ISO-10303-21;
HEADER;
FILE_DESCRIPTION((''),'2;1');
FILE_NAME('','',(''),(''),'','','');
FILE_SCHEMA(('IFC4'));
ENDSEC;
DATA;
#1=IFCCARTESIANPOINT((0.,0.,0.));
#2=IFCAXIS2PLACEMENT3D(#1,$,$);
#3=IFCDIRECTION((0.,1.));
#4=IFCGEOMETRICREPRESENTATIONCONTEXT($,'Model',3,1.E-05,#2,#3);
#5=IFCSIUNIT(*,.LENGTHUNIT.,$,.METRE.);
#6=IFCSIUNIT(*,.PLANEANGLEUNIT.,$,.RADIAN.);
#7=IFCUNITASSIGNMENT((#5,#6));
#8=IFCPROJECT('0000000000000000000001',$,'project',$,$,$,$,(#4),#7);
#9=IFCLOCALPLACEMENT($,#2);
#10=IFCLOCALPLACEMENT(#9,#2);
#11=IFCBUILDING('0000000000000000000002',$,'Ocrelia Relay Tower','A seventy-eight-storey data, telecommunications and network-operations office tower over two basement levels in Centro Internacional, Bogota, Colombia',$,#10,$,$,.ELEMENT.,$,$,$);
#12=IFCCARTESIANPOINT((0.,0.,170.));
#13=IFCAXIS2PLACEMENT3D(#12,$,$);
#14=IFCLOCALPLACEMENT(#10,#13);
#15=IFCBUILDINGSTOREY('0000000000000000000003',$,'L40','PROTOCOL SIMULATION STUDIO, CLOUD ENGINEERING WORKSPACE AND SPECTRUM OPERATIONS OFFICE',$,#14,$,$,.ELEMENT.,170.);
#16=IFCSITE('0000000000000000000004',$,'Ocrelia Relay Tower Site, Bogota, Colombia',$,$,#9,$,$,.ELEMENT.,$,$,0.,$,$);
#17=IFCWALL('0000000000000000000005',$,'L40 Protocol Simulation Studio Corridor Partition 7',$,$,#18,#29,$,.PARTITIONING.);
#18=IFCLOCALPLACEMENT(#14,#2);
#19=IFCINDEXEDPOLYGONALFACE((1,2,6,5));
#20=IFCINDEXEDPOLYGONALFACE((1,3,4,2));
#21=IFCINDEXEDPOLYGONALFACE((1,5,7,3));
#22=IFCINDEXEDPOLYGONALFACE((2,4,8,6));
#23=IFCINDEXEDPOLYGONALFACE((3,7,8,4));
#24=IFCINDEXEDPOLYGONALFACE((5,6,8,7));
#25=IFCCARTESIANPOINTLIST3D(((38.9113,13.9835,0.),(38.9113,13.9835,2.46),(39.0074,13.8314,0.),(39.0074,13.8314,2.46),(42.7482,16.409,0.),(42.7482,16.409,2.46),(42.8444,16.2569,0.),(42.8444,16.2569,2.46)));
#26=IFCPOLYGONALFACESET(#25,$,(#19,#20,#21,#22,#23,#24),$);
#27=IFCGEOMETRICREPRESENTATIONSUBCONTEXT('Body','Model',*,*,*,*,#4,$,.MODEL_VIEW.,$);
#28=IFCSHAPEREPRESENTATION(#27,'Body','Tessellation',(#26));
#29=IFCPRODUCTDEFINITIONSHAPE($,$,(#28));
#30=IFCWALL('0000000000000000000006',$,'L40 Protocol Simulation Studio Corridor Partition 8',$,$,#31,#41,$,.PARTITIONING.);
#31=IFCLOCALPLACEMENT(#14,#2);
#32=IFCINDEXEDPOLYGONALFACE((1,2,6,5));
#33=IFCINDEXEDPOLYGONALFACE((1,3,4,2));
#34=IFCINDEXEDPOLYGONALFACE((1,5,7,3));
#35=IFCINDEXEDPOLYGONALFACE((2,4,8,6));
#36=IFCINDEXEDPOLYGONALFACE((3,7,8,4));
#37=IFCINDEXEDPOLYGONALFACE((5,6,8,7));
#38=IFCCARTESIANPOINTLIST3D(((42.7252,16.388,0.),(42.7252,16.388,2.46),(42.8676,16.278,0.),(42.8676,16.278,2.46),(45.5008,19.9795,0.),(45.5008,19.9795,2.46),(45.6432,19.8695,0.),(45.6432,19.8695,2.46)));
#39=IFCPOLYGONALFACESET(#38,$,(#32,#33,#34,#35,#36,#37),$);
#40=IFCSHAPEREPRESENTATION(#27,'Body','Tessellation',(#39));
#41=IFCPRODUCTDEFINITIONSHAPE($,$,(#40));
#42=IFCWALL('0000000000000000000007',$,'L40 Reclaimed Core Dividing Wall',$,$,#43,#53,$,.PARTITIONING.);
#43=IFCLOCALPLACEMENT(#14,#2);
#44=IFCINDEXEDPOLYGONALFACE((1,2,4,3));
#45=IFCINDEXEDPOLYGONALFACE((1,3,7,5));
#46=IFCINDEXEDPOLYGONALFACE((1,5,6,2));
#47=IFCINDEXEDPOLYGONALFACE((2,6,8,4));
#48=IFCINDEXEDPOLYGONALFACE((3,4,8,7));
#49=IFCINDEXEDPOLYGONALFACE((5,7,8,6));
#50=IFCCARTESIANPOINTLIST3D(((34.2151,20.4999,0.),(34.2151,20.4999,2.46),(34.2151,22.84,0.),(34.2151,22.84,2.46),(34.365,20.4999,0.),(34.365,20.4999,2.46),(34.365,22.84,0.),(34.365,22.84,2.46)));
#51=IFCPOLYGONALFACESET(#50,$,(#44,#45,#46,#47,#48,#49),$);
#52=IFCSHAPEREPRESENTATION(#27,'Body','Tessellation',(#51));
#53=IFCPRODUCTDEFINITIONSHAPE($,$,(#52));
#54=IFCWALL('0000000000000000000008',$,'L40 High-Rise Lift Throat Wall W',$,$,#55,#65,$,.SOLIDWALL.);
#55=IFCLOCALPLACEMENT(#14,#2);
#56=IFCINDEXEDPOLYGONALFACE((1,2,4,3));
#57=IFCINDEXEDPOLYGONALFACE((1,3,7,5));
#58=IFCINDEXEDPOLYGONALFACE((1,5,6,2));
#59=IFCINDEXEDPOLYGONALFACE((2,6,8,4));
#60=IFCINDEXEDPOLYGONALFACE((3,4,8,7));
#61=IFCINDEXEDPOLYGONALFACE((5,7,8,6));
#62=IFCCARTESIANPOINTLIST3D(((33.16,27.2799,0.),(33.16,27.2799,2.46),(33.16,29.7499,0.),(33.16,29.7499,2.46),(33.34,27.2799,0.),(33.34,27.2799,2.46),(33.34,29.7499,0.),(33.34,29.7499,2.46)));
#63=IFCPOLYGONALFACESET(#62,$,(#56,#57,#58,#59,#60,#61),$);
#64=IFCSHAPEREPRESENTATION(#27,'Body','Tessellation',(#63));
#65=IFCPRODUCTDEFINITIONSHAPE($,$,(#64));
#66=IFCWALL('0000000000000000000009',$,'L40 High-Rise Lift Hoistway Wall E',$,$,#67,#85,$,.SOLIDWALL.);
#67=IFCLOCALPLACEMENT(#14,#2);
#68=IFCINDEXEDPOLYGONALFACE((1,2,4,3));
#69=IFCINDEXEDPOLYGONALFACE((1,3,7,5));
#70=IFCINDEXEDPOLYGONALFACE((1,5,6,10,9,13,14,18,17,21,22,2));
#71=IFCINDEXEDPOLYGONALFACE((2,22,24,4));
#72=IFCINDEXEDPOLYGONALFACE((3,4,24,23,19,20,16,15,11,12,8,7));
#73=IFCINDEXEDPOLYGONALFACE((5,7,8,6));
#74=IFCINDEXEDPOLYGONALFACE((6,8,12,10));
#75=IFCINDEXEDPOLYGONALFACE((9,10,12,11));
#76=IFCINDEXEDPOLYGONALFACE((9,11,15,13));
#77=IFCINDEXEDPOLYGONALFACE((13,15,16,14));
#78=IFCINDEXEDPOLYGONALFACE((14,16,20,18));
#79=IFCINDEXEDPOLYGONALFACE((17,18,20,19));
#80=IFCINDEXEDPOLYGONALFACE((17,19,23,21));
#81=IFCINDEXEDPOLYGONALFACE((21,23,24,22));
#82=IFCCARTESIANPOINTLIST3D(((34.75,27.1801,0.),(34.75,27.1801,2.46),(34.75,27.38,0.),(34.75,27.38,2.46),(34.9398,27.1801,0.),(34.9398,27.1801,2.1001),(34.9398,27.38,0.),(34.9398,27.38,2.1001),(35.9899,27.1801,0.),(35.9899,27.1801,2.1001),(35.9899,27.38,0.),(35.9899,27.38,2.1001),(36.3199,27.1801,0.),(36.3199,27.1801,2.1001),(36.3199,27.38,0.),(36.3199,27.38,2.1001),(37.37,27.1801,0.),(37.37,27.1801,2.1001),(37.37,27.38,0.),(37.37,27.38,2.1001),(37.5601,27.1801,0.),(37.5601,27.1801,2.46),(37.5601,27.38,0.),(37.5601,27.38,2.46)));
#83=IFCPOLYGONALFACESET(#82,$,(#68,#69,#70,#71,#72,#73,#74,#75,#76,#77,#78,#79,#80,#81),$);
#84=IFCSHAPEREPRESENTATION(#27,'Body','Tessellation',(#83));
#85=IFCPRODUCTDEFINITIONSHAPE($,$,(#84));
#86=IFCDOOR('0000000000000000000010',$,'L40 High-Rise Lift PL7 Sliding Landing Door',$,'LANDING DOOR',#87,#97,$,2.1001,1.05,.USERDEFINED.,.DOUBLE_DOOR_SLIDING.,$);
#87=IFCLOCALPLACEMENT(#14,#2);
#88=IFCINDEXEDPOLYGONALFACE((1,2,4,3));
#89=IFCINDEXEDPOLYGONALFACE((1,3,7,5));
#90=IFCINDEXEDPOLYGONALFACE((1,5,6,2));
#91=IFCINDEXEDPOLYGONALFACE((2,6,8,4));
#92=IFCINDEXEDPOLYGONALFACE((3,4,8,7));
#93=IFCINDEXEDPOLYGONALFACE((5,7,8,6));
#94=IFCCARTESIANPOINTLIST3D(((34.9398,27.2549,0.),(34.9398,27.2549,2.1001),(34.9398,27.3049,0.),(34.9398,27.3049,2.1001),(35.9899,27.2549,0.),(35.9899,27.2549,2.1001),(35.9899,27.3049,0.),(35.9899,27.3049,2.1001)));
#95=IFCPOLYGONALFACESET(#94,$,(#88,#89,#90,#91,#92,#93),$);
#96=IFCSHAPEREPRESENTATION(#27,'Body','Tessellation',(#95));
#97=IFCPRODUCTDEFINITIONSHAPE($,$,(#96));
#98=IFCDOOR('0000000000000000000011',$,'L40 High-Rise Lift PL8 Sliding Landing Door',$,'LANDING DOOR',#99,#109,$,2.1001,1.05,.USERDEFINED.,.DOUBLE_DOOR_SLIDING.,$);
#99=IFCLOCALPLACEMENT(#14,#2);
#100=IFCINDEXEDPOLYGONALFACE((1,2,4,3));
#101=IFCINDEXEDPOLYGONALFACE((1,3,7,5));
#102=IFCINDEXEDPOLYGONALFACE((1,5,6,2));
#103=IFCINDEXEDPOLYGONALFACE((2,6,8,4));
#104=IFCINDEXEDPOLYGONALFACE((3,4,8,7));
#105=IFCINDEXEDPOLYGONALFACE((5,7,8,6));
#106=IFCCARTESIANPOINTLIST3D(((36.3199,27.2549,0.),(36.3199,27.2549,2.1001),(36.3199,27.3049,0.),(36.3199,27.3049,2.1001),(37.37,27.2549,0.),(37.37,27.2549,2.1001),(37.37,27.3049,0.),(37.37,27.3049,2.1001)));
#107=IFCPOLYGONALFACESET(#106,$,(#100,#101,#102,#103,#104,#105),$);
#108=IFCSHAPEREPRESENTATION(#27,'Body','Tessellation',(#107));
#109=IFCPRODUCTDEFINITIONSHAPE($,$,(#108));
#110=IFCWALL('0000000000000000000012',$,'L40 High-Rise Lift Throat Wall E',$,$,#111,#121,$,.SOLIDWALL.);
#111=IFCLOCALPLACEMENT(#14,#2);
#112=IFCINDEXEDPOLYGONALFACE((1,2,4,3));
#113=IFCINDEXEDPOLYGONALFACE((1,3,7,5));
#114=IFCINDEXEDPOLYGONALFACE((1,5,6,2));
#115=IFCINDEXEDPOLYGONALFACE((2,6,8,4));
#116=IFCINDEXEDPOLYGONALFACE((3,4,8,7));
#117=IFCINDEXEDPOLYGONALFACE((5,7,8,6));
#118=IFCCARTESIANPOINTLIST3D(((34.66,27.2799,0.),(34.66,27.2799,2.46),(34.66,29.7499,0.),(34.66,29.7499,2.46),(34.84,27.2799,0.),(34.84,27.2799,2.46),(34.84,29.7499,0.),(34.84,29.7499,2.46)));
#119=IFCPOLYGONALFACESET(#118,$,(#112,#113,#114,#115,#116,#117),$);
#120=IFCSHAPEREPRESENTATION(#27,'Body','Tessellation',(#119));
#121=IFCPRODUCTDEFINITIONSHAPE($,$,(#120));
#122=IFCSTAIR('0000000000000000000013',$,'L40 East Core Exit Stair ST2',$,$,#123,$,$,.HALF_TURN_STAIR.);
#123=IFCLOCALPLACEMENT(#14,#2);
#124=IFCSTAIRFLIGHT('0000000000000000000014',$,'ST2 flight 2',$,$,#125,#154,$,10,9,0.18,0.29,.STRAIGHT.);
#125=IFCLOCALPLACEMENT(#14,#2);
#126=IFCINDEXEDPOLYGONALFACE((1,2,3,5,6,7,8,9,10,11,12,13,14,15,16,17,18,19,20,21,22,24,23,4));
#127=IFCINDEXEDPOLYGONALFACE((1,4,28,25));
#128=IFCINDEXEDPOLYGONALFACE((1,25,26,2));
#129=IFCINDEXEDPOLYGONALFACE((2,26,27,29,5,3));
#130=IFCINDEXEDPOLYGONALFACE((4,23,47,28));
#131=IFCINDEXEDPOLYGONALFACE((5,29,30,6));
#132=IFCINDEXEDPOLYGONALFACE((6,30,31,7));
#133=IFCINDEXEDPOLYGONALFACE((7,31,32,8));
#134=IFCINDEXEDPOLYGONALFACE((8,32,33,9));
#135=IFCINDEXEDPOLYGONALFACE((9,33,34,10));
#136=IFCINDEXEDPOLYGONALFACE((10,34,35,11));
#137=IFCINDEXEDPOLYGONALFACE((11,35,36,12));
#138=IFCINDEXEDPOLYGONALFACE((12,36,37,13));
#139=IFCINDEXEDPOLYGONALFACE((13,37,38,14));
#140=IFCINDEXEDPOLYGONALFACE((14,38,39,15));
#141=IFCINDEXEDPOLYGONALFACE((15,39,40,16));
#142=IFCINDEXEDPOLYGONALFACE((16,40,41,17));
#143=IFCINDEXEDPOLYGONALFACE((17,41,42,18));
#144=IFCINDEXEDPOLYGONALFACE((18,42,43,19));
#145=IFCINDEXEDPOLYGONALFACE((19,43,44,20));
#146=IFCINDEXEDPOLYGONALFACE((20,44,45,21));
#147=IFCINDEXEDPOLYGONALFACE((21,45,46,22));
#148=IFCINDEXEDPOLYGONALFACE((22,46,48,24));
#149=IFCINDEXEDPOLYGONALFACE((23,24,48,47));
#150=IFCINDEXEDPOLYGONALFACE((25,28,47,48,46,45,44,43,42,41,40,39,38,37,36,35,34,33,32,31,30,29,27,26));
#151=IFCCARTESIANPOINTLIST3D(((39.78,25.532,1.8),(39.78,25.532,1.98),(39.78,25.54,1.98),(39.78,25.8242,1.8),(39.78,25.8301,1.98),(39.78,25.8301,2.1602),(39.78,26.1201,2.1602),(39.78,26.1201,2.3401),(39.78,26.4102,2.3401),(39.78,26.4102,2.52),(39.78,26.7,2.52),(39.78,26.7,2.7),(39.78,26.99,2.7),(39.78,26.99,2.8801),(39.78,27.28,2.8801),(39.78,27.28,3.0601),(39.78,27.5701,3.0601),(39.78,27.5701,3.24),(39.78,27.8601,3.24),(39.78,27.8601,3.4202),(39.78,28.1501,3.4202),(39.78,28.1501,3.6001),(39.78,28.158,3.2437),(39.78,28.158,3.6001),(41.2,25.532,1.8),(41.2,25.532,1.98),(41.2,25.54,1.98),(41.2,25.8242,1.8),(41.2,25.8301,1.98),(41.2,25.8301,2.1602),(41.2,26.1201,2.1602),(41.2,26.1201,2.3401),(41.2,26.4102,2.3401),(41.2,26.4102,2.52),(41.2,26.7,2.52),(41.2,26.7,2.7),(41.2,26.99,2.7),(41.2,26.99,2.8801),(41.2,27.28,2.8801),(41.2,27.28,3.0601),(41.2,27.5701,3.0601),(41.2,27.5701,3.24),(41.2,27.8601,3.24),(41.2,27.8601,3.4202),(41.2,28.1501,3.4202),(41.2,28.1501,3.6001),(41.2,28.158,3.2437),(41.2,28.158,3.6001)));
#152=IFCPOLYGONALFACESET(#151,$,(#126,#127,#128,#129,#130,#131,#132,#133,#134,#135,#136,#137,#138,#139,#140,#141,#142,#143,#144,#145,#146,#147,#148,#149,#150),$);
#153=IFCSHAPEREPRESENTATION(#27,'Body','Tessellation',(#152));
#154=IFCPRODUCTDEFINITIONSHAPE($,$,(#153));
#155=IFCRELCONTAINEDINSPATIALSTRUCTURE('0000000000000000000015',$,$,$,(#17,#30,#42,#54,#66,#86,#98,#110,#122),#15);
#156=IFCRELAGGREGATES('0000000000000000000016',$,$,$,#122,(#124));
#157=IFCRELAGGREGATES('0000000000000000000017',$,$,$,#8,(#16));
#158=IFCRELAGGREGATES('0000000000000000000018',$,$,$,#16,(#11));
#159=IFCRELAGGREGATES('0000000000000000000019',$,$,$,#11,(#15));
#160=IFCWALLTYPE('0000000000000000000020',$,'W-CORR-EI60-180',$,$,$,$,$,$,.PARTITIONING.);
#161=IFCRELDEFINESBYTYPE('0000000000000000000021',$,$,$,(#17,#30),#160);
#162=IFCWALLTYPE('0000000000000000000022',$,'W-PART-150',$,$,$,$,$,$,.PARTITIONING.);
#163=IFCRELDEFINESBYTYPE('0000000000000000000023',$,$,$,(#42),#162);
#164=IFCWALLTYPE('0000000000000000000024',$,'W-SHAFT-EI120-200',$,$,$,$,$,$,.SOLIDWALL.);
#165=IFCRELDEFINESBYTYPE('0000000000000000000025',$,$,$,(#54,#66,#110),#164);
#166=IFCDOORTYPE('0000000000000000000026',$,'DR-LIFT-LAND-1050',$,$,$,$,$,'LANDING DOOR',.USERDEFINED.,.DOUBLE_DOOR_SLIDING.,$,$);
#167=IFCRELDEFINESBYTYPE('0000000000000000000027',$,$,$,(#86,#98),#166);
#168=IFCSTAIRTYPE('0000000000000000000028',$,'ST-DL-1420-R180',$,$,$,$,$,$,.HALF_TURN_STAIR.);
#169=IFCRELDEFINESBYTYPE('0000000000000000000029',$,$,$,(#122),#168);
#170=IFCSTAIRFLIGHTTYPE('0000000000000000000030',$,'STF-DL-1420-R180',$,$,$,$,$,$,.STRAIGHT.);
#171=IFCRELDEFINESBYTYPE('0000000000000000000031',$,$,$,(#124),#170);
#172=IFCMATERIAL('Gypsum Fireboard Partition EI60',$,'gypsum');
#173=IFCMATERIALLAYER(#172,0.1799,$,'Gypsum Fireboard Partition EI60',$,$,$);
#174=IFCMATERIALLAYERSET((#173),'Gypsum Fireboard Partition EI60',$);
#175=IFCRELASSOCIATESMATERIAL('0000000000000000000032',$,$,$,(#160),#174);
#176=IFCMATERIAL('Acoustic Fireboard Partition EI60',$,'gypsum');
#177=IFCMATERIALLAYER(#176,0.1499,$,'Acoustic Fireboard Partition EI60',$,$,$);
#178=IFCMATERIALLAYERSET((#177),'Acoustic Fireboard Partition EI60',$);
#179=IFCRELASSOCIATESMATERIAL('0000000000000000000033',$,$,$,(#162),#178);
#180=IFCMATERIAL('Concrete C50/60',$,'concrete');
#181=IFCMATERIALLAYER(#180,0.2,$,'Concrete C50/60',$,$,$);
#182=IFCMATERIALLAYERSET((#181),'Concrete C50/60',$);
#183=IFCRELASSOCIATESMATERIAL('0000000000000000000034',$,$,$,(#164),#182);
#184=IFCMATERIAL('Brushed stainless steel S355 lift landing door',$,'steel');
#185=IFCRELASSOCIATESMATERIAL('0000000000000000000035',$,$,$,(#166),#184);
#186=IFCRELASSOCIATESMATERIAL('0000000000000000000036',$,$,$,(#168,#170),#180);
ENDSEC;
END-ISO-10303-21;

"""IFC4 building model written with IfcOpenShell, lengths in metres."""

from ifc_helpers import new_model, si_unit, direction, frame, frame_2d, origin, place, context, subcontext, project, spatial, polyline, rectangle, outline, extrude, material, layer, layer_set, type_object, element, fill, aggregate, save


model = new_model("IFC4")

# Units and contexts
model_context = context("Model", 3, precision=1e-05, world=origin(), true_north=direction((0.0, 1.0)))
body_context = subcontext(model_context, "Body", "Model", "MODEL_VIEW")
ifc_project = project(units=[si_unit("LENGTHUNIT", "METRE"), si_unit("PLANEANGLEUNIT", "RADIAN")], contexts=[model_context])

# Site, building, storey
site_placement = place(None, origin())
site = spatial("IfcSite", under=ifc_project, at=site_placement, Name="Ocrelia Relay Tower Site, Bogota, Colombia", CompositionType="ELEMENT", RefElevation=0.0)
building_placement = place(site_placement, origin())
building = spatial("IfcBuilding", under=site, at=building_placement, Name="Ocrelia Relay Tower", Description="A seventy-eight-storey data, telecommunications and network-operations office tower over two basement levels in Centro Internacional, Bogota, Colombia", CompositionType="ELEMENT")
storey_placement = place(building_placement, frame((0.0, 0.0, 170.0)))
storey = spatial("IfcBuildingStorey", under=building, at=storey_placement, Name="L40", Description="PROTOCOL SIMULATION STUDIO, CLOUD ENGINEERING WORKSPACE AND SPECTRUM OPERATIONS OFFICE", CompositionType="ELEMENT", Elevation=170.0)

# Walls
ifc_material_1 = material(Name="Gypsum Fireboard Partition EI60", Category="gypsum")
ifc_layer_1 = layer(ifc_material_1, 0.1799, Name="Gypsum Fireboard Partition EI60")
ifc_layer_set_1 = layer_set([ifc_layer_1], Name="Gypsum Fireboard Partition EI60")
wall_type_1 = type_object("IfcWallType", Name="W-CORR-EI60-180", PredefinedType="PARTITIONING", material=ifc_layer_set_1)
wall_1_placement = place(storey_placement, frame((38.9595, 13.9075, 0.0), z_axis=(0.0, 0.0, 1.0), x_axis=(0.845268, 0.534343, 0.0)))
element("IfcWall", 1, at=wall_1_placement, inside=storey, type_object=wall_type_1, Name="L40 Protocol Simulation Studio Corridor Partition 7", PredefinedType="PARTITIONING", context=body_context, shape_type="SweptSolid", body=[
    extrude(rectangle(XDim=4.5393, YDim=0.1799, at=frame_2d((2.2695, 0.0))), origin(), (0.0, 0.0, 1.0), 2.46),
])
wall_2_placement = place(storey_placement, frame((42.7964, 16.333, 0.0), z_axis=(0.0, 0.0, 1.0), x_axis=(0.611495, 0.791248, 0.0)))
element("IfcWall", 2, at=wall_2_placement, inside=storey, type_object=wall_type_1, Name="L40 Protocol Simulation Studio Corridor Partition 8", PredefinedType="PARTITIONING", context=body_context, shape_type="SweptSolid", body=[
    extrude(rectangle(XDim=4.5391, YDim=0.1799, at=frame_2d((2.2695, 0.0))), origin(), (0.0, 0.0, 1.0), 2.46),
])
ifc_material_2 = material(Name="Acoustic Fireboard Partition EI60", Category="gypsum")
ifc_layer_2 = layer(ifc_material_2, 0.1499, Name="Acoustic Fireboard Partition EI60")
ifc_layer_set_2 = layer_set([ifc_layer_2], Name="Acoustic Fireboard Partition EI60")
wall_type_2 = type_object("IfcWallType", Name="W-PART-150", PredefinedType="PARTITIONING", material=ifc_layer_set_2)
wall_3_placement = place(storey_placement, frame((34.29, 20.5, 0.0), z_axis=(0.0, 0.0, 1.0), x_axis=(0.0, 1.0, 0.0)))
element("IfcWall", 3, at=wall_3_placement, inside=storey, type_object=wall_type_2, Name="L40 Reclaimed Core Dividing Wall", PredefinedType="PARTITIONING", context=body_context, shape_type="SweptSolid", body=[
    extrude(rectangle(XDim=2.3401, YDim=0.1499, at=frame_2d((1.1699, 0.0))), origin(), (0.0, 0.0, 1.0), 2.46),
])
ifc_material_3 = material(Name="Concrete C50/60", Category="concrete")
ifc_layer_3 = layer(ifc_material_3, 0.2, Name="Concrete C50/60")
ifc_layer_set_3 = layer_set([ifc_layer_3], Name="Concrete C50/60")
wall_type_3 = type_object("IfcWallType", Name="W-SHAFT-EI120-200", PredefinedType="SOLIDWALL", material=ifc_layer_set_3)
wall_4_placement = place(storey_placement, frame((33.25, 27.28, 0.0), z_axis=(0.0, 0.0, 1.0), x_axis=(0.0, 1.0, 0.0)))
element("IfcWall", 4, at=wall_4_placement, inside=storey, type_object=wall_type_3, Name="L40 High-Rise Lift Throat Wall W", PredefinedType="SOLIDWALL", context=body_context, shape_type="SweptSolid", body=[
    extrude(rectangle(XDim=2.47, YDim=0.1799, at=frame_2d((1.2349, 0.0))), origin(), (0.0, 0.0, 1.0), 2.46),
])

# Wall, openings, doors
wall_5_placement = place(storey_placement, frame((34.75, 27.28, 0.0), z_axis=(0.0, 0.0, 1.0), x_axis=(1.0, 0.0, 0.0)))
wall_5 = element("IfcWall", 5, at=wall_5_placement, inside=storey, type_object=wall_type_3, Name="L40 High-Rise Lift Hoistway Wall E", PredefinedType="SOLIDWALL", context=body_context, shape_type="SweptSolid", body=[
    extrude(rectangle(XDim=2.8101, YDim=0.2, at=frame_2d((1.405, 0.0))), origin(), (0.0, 0.0, 1.0), 2.46),
])
opening_1_placement = place(wall_5_placement, frame((0.1899, 0.0, 0.0)))
opening_1 = element("IfcOpeningElement", 6, at=opening_1_placement, cuts=wall_5, PredefinedType="OPENING", context=body_context, shape_type="SweptSolid", body=[
    extrude(rectangle(XDim=1.05, YDim=2.1001, at=frame_2d((0.5249, 1.05))), frame((0.0, 0.1099, 0.0), z_axis=(0.0, -1.0, 0.0), x_axis=(1.0, 0.0, 0.0)), (0.0, 0.0, 1.0), 0.22),
])
opening_2_placement = place(wall_5_placement, frame((1.5701, 0.0, 0.0)))
opening_2 = element("IfcOpeningElement", 7, at=opening_2_placement, cuts=wall_5, PredefinedType="OPENING", context=body_context, shape_type="SweptSolid", body=[
    extrude(rectangle(XDim=1.05, YDim=2.1001, at=frame_2d((0.5249, 1.05))), frame((0.0, 0.1099, 0.0), z_axis=(0.0, -1.0, 0.0), x_axis=(1.0, 0.0, 0.0)), (0.0, 0.0, 1.0), 0.22),
])
ifc_material_4 = material(Name="Brushed stainless steel S355 lift landing door", Category="steel")
door_type = type_object("IfcDoorType", Name="DR-LIFT-LAND-1050", ElementType="LANDING DOOR", OperationType="DOUBLE_DOOR_SLIDING", PredefinedType="USERDEFINED", material=ifc_material_4)
door_1_placement = place(opening_1_placement, origin())
door_1 = element("IfcDoor", 8, at=door_1_placement, inside=storey, type_object=door_type, Name="L40 High-Rise Lift PL7 Sliding Landing Door", ObjectType="LANDING DOOR", OperationType="DOUBLE_DOOR_SLIDING", OverallHeight=2.1001, OverallWidth=1.05, PredefinedType="USERDEFINED", context=body_context, shape_type="SweptSolid", body=[
    extrude(rectangle(XDim=1.05, YDim=2.1001, at=frame_2d((0.5249, 1.05))), frame((0.0, 0.0249, 0.0), z_axis=(0.0, -1.0, 0.0), x_axis=(1.0, 0.0, 0.0)), (0.0, 0.0, 1.0), 0.05),
])
fill(opening_1, door_1)
door_2_placement = place(opening_2_placement, origin())
door_2 = element("IfcDoor", 9, at=door_2_placement, inside=storey, type_object=door_type, Name="L40 High-Rise Lift PL8 Sliding Landing Door", ObjectType="LANDING DOOR", OperationType="DOUBLE_DOOR_SLIDING", OverallHeight=2.1001, OverallWidth=1.05, PredefinedType="USERDEFINED", context=body_context, shape_type="SweptSolid", body=[
    extrude(rectangle(XDim=1.05, YDim=2.1001, at=frame_2d((0.5249, 1.05))), frame((0.0, 0.0249, 0.0), z_axis=(0.0, -1.0, 0.0), x_axis=(1.0, 0.0, 0.0)), (0.0, 0.0, 1.0), 0.05),
])
fill(opening_2, door_2)

# Wall
wall_6_placement = place(storey_placement, frame((34.75, 27.28, 0.0), z_axis=(0.0, 0.0, 1.0), x_axis=(0.0, 1.0, 0.0)))
element("IfcWall", 10, at=wall_6_placement, inside=storey, type_object=wall_type_3, Name="L40 High-Rise Lift Throat Wall E", PredefinedType="SOLIDWALL", context=body_context, shape_type="SweptSolid", body=[
    extrude(rectangle(XDim=2.47, YDim=0.1799, at=frame_2d((1.2349, 0.0))), origin(), (0.0, 0.0, 1.0), 2.46),
])

# Stair, stair flight
stair_type = type_object("IfcStairType", Name="ST-DL-1420-R180", PredefinedType="HALF_TURN_STAIR", material=ifc_material_3)
stair_placement = place(storey_placement, origin())
stair = element("IfcStair", 11, at=stair_placement, inside=storey, type_object=stair_type, Name="L40 East Core Exit Stair ST2", PredefinedType="HALF_TURN_STAIR")
stair_flight_type = type_object("IfcStairFlightType", Name="STF-DL-1420-R180", PredefinedType="STRAIGHT", material=ifc_material_3)
stair_flight_placement = place(storey_placement, frame((40.49, 25.54, 1.8), z_axis=(0.0, 0.0, 1.0), x_axis=(0.0, 1.0, 0.0)))
stair_flight = element("IfcStairFlight", 12, at=stair_flight_placement, type_object=stair_flight_type, Name="ST2 flight 2", NumberOfRisers=10, NumberOfTreads=9, PredefinedType="STRAIGHT", RiserHeight=0.18, TreadLength=0.29, context=body_context, shape_type="SweptSolid", body=[
    extrude(outline(polyline([(-0.0081, 0.0), (-0.0081, 0.1799), (0.0, 0.1799), (0.29, 0.1799), (0.29, 0.3601), (0.5801, 0.3601), (0.5801, 0.54), (0.8701, 0.54), (0.8701, 0.72), (1.1599, 0.72), (1.1599, 0.8999), (1.45, 0.8999), (1.45, 1.0801), (1.74, 1.0801), (1.74, 1.26), (2.03, 1.26), (2.03, 1.4399), (2.3201, 1.4399), (2.3201, 1.6201), (2.6101, 1.6201), (2.6101, 1.8), (2.6179, 1.8), (2.6179, 1.4436), (0.2842, 0.0), (-0.0081, 0.0)])), frame((0.0, 0.71, 0.0), z_axis=(0.0, -1.0, 0.0), x_axis=(1.0, 0.0, 0.0)), (0.0, 0.0, 1.0), 1.4199),
])
aggregate(stair, [stair_flight])

save(model, "model.ifc")
